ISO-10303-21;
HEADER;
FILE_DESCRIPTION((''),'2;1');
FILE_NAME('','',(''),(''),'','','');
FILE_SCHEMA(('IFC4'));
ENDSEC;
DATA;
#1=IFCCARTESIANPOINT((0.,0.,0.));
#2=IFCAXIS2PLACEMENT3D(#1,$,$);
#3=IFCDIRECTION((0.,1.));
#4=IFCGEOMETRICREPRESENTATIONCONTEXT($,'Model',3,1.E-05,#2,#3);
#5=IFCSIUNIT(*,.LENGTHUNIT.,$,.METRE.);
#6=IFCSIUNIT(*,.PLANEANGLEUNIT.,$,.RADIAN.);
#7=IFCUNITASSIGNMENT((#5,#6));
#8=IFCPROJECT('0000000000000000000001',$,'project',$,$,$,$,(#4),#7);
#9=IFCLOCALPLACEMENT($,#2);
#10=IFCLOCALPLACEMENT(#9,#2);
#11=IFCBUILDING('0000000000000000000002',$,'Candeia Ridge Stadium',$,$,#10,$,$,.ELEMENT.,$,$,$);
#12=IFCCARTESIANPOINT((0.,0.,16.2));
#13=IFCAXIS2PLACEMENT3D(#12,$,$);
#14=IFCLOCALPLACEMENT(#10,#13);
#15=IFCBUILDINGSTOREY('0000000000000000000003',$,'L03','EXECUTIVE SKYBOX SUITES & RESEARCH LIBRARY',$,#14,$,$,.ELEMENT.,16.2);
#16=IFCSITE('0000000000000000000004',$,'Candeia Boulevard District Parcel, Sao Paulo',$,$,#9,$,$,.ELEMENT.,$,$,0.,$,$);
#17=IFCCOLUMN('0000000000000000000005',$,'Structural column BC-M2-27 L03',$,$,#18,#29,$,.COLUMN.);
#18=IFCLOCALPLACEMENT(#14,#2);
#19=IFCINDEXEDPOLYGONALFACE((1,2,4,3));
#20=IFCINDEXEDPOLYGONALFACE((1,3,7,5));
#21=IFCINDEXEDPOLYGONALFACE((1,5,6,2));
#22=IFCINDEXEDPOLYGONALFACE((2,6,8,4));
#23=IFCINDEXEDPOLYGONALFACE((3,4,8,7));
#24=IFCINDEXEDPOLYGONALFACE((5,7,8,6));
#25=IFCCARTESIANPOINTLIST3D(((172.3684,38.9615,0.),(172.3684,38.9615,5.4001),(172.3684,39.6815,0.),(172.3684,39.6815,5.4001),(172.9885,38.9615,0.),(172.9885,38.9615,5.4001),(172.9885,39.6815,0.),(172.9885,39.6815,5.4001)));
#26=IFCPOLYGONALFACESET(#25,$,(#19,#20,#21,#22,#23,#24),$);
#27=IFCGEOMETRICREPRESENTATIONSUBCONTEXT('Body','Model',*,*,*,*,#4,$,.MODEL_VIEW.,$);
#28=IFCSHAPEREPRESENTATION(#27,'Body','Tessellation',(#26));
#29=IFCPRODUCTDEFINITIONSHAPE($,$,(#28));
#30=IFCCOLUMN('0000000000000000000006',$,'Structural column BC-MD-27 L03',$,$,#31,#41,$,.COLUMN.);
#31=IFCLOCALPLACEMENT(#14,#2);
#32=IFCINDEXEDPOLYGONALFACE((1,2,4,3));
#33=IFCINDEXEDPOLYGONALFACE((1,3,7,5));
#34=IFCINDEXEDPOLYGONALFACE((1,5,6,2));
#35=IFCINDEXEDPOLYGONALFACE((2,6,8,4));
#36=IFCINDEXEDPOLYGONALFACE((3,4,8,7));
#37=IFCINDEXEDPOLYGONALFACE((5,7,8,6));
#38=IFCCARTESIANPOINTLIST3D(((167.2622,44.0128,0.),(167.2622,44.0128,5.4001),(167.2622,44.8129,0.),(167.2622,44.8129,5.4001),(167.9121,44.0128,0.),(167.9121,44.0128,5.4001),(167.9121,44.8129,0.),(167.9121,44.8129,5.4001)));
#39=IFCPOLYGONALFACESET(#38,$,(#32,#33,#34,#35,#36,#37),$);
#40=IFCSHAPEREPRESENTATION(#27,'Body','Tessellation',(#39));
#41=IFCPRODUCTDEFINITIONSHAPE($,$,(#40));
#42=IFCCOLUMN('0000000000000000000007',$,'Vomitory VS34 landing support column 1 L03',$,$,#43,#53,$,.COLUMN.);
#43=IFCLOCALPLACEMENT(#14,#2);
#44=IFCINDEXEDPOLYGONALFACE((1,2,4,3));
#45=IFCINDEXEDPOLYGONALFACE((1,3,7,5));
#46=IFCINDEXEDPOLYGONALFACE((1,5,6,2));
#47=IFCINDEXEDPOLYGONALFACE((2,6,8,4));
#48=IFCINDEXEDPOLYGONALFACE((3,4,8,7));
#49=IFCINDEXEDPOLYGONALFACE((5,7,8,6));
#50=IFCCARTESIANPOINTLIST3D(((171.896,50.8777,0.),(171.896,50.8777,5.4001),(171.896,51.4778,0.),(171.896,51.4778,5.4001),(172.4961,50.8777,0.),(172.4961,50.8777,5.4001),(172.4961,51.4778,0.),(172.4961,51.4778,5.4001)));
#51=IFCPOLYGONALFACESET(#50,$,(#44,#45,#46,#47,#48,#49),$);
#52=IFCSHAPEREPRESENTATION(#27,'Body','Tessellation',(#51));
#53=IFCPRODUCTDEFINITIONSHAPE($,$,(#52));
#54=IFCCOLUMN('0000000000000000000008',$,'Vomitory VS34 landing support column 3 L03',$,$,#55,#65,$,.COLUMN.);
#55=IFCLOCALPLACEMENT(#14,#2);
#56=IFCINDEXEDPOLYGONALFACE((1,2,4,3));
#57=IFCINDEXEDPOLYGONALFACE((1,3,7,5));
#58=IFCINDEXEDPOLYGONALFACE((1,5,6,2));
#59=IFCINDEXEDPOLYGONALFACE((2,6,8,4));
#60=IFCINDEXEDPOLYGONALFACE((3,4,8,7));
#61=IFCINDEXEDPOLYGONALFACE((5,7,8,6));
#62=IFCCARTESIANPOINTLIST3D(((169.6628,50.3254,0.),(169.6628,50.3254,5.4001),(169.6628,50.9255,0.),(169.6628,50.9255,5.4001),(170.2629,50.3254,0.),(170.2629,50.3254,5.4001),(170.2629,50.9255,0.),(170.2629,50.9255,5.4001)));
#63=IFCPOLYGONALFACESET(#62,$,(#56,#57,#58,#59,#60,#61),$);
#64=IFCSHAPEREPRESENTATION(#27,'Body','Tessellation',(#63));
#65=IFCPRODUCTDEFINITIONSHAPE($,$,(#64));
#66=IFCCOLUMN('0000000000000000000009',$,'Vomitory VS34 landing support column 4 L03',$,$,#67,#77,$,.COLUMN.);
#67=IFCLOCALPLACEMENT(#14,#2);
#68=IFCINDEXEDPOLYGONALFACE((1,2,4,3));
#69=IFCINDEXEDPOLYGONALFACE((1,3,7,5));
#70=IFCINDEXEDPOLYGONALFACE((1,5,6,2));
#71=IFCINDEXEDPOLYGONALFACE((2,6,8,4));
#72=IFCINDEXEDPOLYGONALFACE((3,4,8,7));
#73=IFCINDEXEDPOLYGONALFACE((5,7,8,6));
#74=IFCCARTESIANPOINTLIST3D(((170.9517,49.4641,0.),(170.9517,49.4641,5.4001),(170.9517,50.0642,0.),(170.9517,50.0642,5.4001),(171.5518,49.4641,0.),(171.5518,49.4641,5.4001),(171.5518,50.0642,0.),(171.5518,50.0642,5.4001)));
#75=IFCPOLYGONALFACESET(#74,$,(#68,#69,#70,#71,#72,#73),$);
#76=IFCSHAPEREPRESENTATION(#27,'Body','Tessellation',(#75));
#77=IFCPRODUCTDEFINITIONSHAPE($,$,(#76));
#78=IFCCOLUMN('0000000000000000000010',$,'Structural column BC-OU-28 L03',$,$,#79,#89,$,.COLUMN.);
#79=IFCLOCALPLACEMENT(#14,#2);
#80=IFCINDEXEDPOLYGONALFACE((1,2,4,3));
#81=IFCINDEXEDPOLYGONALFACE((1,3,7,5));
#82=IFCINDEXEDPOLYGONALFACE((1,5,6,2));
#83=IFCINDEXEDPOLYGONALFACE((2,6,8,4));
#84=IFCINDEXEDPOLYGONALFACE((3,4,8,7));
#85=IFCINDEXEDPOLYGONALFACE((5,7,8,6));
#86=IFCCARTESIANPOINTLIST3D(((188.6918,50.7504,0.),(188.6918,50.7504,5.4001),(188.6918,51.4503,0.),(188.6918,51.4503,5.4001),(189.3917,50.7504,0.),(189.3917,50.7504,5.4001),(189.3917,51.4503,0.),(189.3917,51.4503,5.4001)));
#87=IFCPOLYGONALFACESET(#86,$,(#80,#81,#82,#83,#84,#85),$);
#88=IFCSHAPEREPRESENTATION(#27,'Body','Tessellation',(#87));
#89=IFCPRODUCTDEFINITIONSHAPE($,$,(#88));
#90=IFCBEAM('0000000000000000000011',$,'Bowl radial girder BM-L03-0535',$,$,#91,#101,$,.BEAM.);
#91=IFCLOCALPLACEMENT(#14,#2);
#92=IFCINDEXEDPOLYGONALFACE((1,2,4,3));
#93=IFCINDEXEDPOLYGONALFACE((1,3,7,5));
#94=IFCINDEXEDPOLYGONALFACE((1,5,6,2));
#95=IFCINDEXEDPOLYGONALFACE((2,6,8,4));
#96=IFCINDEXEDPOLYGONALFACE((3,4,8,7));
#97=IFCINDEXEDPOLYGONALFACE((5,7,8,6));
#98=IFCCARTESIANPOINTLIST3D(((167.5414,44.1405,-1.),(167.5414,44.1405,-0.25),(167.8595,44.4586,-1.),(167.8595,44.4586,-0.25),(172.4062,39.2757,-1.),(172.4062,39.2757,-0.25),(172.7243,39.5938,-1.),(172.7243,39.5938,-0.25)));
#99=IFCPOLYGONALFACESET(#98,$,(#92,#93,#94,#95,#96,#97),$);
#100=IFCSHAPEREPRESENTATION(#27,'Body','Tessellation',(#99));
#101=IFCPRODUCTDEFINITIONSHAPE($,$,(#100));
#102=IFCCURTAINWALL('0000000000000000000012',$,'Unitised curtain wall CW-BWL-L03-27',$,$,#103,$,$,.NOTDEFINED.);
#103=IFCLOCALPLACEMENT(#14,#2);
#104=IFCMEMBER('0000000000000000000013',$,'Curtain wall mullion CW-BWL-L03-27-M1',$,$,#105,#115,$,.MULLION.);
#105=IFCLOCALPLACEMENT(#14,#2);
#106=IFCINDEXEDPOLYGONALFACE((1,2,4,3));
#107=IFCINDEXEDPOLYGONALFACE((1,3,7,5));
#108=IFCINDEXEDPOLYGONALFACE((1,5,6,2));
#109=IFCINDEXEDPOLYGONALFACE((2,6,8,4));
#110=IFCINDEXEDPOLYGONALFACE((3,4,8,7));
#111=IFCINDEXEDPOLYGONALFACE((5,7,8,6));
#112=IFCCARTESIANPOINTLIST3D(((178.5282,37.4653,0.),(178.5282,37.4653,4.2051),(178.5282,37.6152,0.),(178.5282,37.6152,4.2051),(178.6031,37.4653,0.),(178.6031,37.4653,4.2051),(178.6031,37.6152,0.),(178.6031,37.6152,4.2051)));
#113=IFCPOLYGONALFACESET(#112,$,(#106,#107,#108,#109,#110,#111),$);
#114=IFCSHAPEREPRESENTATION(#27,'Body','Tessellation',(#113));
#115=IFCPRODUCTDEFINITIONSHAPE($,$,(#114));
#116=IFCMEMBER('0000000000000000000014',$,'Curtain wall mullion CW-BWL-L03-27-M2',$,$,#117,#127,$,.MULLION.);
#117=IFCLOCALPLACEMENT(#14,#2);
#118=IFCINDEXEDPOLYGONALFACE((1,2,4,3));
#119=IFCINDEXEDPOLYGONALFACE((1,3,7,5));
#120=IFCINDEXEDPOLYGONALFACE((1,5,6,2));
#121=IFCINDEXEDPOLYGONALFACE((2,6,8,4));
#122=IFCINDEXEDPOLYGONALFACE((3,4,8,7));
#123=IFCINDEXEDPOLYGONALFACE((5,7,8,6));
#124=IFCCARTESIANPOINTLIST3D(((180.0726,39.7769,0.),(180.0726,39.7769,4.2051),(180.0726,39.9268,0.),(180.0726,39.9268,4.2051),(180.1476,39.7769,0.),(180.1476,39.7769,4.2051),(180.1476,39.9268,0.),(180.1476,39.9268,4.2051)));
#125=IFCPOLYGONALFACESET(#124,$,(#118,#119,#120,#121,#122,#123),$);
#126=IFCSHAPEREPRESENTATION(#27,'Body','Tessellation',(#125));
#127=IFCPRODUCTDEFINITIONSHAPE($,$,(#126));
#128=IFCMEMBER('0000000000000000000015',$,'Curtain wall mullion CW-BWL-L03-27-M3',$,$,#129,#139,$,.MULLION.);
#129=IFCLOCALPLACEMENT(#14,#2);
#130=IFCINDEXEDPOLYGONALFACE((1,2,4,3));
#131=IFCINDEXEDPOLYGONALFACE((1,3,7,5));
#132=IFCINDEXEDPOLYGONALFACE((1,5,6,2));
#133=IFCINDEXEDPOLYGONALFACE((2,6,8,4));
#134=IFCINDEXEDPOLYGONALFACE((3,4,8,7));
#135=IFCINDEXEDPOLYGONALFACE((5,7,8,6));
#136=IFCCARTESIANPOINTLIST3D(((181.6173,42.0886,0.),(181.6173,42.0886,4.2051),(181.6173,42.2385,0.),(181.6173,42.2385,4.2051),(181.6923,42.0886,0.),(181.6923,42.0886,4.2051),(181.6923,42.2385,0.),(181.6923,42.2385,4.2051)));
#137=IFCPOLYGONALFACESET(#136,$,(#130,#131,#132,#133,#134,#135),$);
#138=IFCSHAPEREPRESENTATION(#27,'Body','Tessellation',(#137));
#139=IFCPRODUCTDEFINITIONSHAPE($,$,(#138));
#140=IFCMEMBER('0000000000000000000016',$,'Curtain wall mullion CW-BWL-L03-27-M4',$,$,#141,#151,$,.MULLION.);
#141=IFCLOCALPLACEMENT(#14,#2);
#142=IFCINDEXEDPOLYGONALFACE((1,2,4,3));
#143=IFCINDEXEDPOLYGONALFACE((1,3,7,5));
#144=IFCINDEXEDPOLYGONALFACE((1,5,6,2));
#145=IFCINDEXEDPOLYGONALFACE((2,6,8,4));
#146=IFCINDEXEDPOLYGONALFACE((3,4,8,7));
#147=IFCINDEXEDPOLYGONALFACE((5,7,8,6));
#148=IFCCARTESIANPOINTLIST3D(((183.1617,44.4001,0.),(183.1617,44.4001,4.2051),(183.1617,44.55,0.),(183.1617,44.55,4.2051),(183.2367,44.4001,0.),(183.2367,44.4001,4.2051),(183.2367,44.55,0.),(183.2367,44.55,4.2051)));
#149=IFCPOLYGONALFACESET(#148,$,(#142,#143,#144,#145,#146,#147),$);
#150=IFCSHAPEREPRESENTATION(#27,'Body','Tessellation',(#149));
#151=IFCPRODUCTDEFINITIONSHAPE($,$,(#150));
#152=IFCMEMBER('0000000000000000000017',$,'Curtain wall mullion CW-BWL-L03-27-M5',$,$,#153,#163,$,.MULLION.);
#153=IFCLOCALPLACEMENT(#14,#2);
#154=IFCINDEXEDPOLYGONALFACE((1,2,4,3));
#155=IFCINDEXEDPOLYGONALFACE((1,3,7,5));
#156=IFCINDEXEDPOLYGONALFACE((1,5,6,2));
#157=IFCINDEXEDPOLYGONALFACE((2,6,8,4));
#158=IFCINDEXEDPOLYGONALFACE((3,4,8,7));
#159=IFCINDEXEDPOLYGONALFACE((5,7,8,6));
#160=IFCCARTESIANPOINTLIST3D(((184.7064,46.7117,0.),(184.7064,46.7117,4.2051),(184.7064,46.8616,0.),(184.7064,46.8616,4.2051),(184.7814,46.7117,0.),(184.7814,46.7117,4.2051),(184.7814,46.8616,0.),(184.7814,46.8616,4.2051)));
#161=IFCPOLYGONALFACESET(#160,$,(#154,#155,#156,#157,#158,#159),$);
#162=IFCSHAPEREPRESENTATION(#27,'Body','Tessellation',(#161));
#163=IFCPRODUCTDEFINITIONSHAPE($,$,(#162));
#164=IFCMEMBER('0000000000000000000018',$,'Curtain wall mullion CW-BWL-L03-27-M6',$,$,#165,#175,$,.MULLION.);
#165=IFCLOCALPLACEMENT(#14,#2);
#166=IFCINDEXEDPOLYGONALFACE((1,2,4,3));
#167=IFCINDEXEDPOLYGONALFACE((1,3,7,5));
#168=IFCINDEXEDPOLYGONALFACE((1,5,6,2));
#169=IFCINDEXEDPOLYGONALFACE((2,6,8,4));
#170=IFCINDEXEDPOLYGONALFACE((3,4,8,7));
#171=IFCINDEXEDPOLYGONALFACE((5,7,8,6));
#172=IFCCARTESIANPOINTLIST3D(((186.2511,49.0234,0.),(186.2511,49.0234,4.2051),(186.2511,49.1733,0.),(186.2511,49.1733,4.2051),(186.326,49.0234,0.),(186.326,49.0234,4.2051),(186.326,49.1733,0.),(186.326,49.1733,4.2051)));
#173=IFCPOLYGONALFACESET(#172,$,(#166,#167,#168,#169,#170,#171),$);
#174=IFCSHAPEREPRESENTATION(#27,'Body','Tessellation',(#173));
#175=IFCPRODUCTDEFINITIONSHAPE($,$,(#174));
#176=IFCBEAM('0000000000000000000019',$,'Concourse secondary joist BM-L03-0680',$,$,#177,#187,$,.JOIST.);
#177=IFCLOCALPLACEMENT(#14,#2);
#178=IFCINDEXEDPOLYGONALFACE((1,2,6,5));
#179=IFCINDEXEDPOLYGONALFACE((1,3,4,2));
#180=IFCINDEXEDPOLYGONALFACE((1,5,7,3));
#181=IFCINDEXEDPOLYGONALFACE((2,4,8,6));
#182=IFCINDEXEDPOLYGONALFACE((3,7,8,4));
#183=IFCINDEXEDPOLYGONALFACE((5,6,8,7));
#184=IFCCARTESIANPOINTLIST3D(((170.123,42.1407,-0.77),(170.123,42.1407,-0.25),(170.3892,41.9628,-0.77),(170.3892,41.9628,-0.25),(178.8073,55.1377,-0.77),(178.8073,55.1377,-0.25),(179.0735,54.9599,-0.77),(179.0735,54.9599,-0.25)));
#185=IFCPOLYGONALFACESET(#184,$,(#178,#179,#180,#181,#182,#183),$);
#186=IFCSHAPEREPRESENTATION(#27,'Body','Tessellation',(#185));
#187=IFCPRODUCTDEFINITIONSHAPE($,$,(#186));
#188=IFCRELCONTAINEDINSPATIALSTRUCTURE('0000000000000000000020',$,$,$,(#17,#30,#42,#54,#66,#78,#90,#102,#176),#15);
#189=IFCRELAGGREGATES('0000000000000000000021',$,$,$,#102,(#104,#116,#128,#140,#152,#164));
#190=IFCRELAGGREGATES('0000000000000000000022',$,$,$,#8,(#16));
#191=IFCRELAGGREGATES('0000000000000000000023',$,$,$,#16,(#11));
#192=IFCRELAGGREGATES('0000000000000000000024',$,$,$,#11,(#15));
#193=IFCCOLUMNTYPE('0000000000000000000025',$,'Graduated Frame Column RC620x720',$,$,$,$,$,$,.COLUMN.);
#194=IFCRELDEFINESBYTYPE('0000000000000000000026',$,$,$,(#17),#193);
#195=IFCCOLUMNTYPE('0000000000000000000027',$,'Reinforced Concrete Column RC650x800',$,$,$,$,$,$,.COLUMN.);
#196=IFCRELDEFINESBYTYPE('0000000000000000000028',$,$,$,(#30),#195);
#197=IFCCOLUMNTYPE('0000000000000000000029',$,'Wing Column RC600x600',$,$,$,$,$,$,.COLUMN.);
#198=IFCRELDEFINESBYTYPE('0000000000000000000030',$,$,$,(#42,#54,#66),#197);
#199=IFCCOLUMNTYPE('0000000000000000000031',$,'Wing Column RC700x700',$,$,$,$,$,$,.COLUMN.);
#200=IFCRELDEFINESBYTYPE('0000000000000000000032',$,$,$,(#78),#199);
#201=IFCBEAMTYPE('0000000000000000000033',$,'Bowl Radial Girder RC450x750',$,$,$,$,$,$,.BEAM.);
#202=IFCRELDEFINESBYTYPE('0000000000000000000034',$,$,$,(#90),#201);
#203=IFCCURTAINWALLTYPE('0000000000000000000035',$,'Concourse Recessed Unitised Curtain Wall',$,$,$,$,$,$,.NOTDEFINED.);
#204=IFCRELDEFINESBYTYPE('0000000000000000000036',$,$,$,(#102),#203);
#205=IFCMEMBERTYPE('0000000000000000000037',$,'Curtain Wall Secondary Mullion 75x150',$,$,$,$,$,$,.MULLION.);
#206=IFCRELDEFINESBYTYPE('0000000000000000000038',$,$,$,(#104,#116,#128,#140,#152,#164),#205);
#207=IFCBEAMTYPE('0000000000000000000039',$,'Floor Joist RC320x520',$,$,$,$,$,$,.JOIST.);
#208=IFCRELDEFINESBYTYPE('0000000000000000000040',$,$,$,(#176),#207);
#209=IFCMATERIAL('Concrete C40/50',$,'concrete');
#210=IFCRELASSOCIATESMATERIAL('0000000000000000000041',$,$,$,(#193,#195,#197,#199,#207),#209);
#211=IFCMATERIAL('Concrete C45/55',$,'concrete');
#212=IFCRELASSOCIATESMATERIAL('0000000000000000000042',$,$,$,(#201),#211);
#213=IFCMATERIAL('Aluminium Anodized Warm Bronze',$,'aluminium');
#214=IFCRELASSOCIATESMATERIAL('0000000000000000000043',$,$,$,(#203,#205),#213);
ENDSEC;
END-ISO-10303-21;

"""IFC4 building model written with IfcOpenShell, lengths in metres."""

from ifc_helpers import new_model, si_unit, direction, frame, origin, origin_2d, place, context, subcontext, project, spatial, rectangle, extrude, material, material_profile, profile_set, type_object, element, aggregate, save


model = new_model("IFC4")

# Units and contexts
model_context = context("Model", 3, precision=1e-05, world=origin(), true_north=direction((0.0, 1.0)))
body_context = subcontext(model_context, "Body", "Model", "MODEL_VIEW")
ifc_project = project(units=[si_unit("LENGTHUNIT", "METRE"), si_unit("PLANEANGLEUNIT", "RADIAN")], contexts=[model_context])

# Site, building, storey
site_placement = place(None, origin())
site = spatial("IfcSite", under=ifc_project, at=site_placement, Name="Candeia Boulevard District Parcel, Sao Paulo", CompositionType="ELEMENT", RefElevation=0.0)
building_placement = place(site_placement, origin())
building = spatial("IfcBuilding", under=site, at=building_placement, Name="Candeia Ridge Stadium", CompositionType="ELEMENT")
storey_placement = place(building_placement, frame((0.0, 0.0, 16.2)))
storey = spatial("IfcBuildingStorey", under=building, at=storey_placement, Name="L03", Description="EXECUTIVE SKYBOX SUITES & RESEARCH LIBRARY", CompositionType="ELEMENT", Elevation=16.2)

# Columns
ifc_material_1 = material(Name="Concrete C40/50", Category="concrete")
ifc_material_profile_1 = material_profile(ifc_material_1, rectangle(XDim=0.6201, YDim=0.72, at=origin_2d()), Name="RC620x720", Category="concrete")
ifc_profile_set_1 = profile_set([ifc_material_profile_1], Name="Concrete C40/50")
column_type_1 = type_object("IfcColumnType", Name="Graduated Frame Column RC620x720", PredefinedType="COLUMN", material=ifc_profile_set_1)
column_1_placement = place(storey_placement, frame((172.6785, 39.3215, 0.0), z_axis=(0.0, 0.0, 1.0), x_axis=(1.0, 0.0, 0.0)))
element("IfcColumn", 1, at=column_1_placement, inside=storey, type_object=column_type_1, Name="Structural column BC-M2-27 L03", PredefinedType="COLUMN", context=body_context, shape_type="SweptSolid", body=[
    extrude(rectangle(XDim=0.6201, YDim=0.72, at=origin_2d()), origin(), (0.0, 0.0, 1.0), 5.4001),
])
ifc_material_profile_2 = material_profile(ifc_material_1, rectangle(XDim=0.6499, YDim=0.8, at=origin_2d()), Name="RC650x800", Category="concrete")
ifc_profile_set_2 = profile_set([ifc_material_profile_2], Name="Concrete C40/50")
column_type_2 = type_object("IfcColumnType", Name="Reinforced Concrete Column RC650x800", PredefinedType="COLUMN", material=ifc_profile_set_2)
column_2_placement = place(storey_placement, frame((167.5872, 44.4128, 0.0), z_axis=(0.0, 0.0, 1.0), x_axis=(1.0, 0.0, 0.0)))
element("IfcColumn", 2, at=column_2_placement, inside=storey, type_object=column_type_2, Name="Structural column BC-MD-27 L03", PredefinedType="COLUMN", context=body_context, shape_type="SweptSolid", body=[
    extrude(rectangle(XDim=0.6499, YDim=0.8, at=origin_2d()), origin(), (0.0, 0.0, 1.0), 5.4001),
])
ifc_material_profile_3 = material_profile(ifc_material_1, rectangle(XDim=0.6001, YDim=0.6001, at=origin_2d()), Name="RC600x600", Category="concrete")
ifc_profile_set_3 = profile_set([ifc_material_profile_3], Name="Concrete C40/50")
column_type_3 = type_object("IfcColumnType", Name="Wing Column RC600x600", PredefinedType="COLUMN", material=ifc_profile_set_3)
for number, where, z_axis, x_axis, name in (
    (3, (172.196, 51.1777, 0.0), (0.0, 0.0, 1.0), (1.0, 0.0, 0.0), "Vomitory VS34 landing support column 1 L03"),
    (4, (169.9629, 50.6255, 0.0), (0.0, 0.0, 1.0), (1.0, 0.0, 0.0), "Vomitory VS34 landing support column 3 L03"),
    (5, (171.2517, 49.7642, 0.0), (0.0, 0.0, 1.0), (1.0, 0.0, 0.0), "Vomitory VS34 landing support column 4 L03"),
):
    element("IfcColumn", number, at=place(storey_placement, frame(where, z_axis=z_axis, x_axis=x_axis)), inside=storey, type_object=column_type_3, Name=name, PredefinedType="COLUMN", context=body_context, shape_type="SweptSolid", body=[
        extrude(rectangle(XDim=0.6001, YDim=0.6001, at=origin_2d()), origin(), (0.0, 0.0, 1.0), 5.4001),
    ])
ifc_material_profile_4 = material_profile(ifc_material_1, rectangle(XDim=0.7, YDim=0.7, at=origin_2d()), Name="RC700x700", Category="concrete")
ifc_profile_set_4 = profile_set([ifc_material_profile_4], Name="Concrete C40/50")
column_type_4 = type_object("IfcColumnType", Name="Wing Column RC700x700", PredefinedType="COLUMN", material=ifc_profile_set_4)
column_3_placement = place(storey_placement, frame((189.0417, 51.1003, 0.0), z_axis=(0.0, 0.0, 1.0), x_axis=(1.0, 0.0, 0.0)))
element("IfcColumn", 6, at=column_3_placement, inside=storey, type_object=column_type_4, Name="Structural column BC-OU-28 L03", PredefinedType="COLUMN", context=body_context, shape_type="SweptSolid", body=[
    extrude(rectangle(XDim=0.7, YDim=0.7, at=origin_2d()), origin(), (0.0, 0.0, 1.0), 5.4001),
])

# Beam
ifc_material_2 = material(Name="Concrete C45/55", Category="concrete")
ifc_material_profile_5 = material_profile(ifc_material_2, rectangle(XDim=0.45, YDim=0.75, at=origin_2d()), Name="RC450x750", Category="concrete")
ifc_profile_set_5 = profile_set([ifc_material_profile_5], Name="Concrete C45/55")
beam_type_1 = type_object("IfcBeamType", Name="Bowl Radial Girder RC450x750", PredefinedType="BEAM", material=ifc_profile_set_5)
beam_1_placement = place(storey_placement, frame((167.7004, 44.2996, -0.625), z_axis=(0.707107, -0.707107, 0.0), x_axis=(0.707107, 0.707107, 0.0)))
element("IfcBeam", 7, at=beam_1_placement, inside=storey, type_object=beam_type_1, Name="Bowl radial girder BM-L03-0535", PredefinedType="BEAM", context=body_context, shape_type="SweptSolid", body=[
    extrude(rectangle(XDim=0.45, YDim=0.75, at=origin_2d()), origin(), (0.0, 0.0, 1.0), 6.8799),
])

# Curtain wall, members
ifc_material_3 = material(Name="Aluminium Anodized Warm Bronze", Category="aluminium")
curtain_wall_type = type_object("IfcCurtainWallType", Name="Concourse Recessed Unitised Curtain Wall", PredefinedType="NOTDEFINED", material=ifc_material_3)
curtain_wall_placement = place(storey_placement, origin())
curtain_wall = element("IfcCurtainWall", 8, at=curtain_wall_placement, inside=storey, type_object=curtain_wall_type, Name="Unitised curtain wall CW-BWL-L03-27", PredefinedType="NOTDEFINED")
ifc_material_profile_6 = material_profile(ifc_material_3, rectangle(XDim=0.075, YDim=0.1499, at=origin_2d()), Name="CWM-75x150", Category="aluminium")
ifc_profile_set_6 = profile_set([ifc_material_profile_6], Name="Aluminium Anodized Warm Bronze")
member_type = type_object("IfcMemberType", Name="Curtain Wall Secondary Mullion 75x150", PredefinedType="MULLION", material=ifc_profile_set_6)
member_1_placement = place(storey_placement, frame((178.5657, 37.5403, 0.0), z_axis=(0.0, 0.0, 1.0), x_axis=(1.0, 0.0, 0.0)))
member_1 = element("IfcMember", 9, at=member_1_placement, type_object=member_type, Name="Curtain wall mullion CW-BWL-L03-27-M1", PredefinedType="MULLION", context=body_context, shape_type="SweptSolid", body=[
    extrude(rectangle(XDim=0.075, YDim=0.1499, at=origin_2d()), origin(), (0.0, 0.0, 1.0), 4.2051),
])
member_2_placement = place(storey_placement, frame((180.1101, 39.8518, 0.0), z_axis=(0.0, 0.0, 1.0), x_axis=(1.0, 0.0, 0.0)))
member_2 = element("IfcMember", 10, at=member_2_placement, type_object=member_type, Name="Curtain wall mullion CW-BWL-L03-27-M2", PredefinedType="MULLION", context=body_context, shape_type="SweptSolid", body=[
    extrude(rectangle(XDim=0.075, YDim=0.1499, at=origin_2d()), origin(), (0.0, 0.0, 1.0), 4.2051),
])
member_3_placement = place(storey_placement, frame((181.6548, 42.1636, 0.0), z_axis=(0.0, 0.0, 1.0), x_axis=(1.0, 0.0, 0.0)))
member_3 = element("IfcMember", 11, at=member_3_placement, type_object=member_type, Name="Curtain wall mullion CW-BWL-L03-27-M3", PredefinedType="MULLION", context=body_context, shape_type="SweptSolid", body=[
    extrude(rectangle(XDim=0.075, YDim=0.1499, at=origin_2d()), origin(), (0.0, 0.0, 1.0), 4.2051),
])
member_4_placement = place(storey_placement, frame((183.1992, 44.4751, 0.0), z_axis=(0.0, 0.0, 1.0), x_axis=(1.0, 0.0, 0.0)))
member_4 = element("IfcMember", 12, at=member_4_placement, type_object=member_type, Name="Curtain wall mullion CW-BWL-L03-27-M4", PredefinedType="MULLION", context=body_context, shape_type="SweptSolid", body=[
    extrude(rectangle(XDim=0.075, YDim=0.1499, at=origin_2d()), origin(), (0.0, 0.0, 1.0), 4.2051),
])
member_5_placement = place(storey_placement, frame((184.7439, 46.7866, 0.0), z_axis=(0.0, 0.0, 1.0), x_axis=(1.0, 0.0, 0.0)))
member_5 = element("IfcMember", 13, at=member_5_placement, type_object=member_type, Name="Curtain wall mullion CW-BWL-L03-27-M5", PredefinedType="MULLION", context=body_context, shape_type="SweptSolid", body=[
    extrude(rectangle(XDim=0.075, YDim=0.1499, at=origin_2d()), origin(), (0.0, 0.0, 1.0), 4.2051),
])
member_6_placement = place(storey_placement, frame((186.2886, 49.0984, 0.0), z_axis=(0.0, 0.0, 1.0), x_axis=(1.0, 0.0, 0.0)))
member_6 = element("IfcMember", 14, at=member_6_placement, type_object=member_type, Name="Curtain wall mullion CW-BWL-L03-27-M6", PredefinedType="MULLION", context=body_context, shape_type="SweptSolid", body=[
    extrude(rectangle(XDim=0.075, YDim=0.1499, at=origin_2d()), origin(), (0.0, 0.0, 1.0), 4.2051),
])

# Beam
ifc_material_profile_7 = material_profile(ifc_material_1, rectangle(XDim=0.3201, YDim=0.52, at=origin_2d()), Name="RC320x520", Category="concrete")
ifc_profile_set_7 = profile_set([ifc_material_profile_7], Name="Concrete C40/50")
beam_type_2 = type_object("IfcBeamType", Name="Floor Joist RC320x520", PredefinedType="JOIST", material=ifc_profile_set_7)
beam_2_placement = place(storey_placement, frame((170.2561, 42.0518, -0.51), z_axis=(0.555569, 0.831471, 0.0), x_axis=(-0.831471, 0.555569, 0.0)))
element("IfcBeam", 15, at=beam_2_placement, inside=storey, type_object=beam_type_2, Name="Concourse secondary joist BM-L03-0680", PredefinedType="JOIST", context=body_context, shape_type="SweptSolid", body=[
    extrude(rectangle(XDim=0.3201, YDim=0.52, at=origin_2d()), origin(), (0.0, 0.0, 1.0), 15.6313),
])

aggregate(curtain_wall, [member_1, member_2, member_3, member_4, member_5, member_6])

save(model, "model.ifc")
